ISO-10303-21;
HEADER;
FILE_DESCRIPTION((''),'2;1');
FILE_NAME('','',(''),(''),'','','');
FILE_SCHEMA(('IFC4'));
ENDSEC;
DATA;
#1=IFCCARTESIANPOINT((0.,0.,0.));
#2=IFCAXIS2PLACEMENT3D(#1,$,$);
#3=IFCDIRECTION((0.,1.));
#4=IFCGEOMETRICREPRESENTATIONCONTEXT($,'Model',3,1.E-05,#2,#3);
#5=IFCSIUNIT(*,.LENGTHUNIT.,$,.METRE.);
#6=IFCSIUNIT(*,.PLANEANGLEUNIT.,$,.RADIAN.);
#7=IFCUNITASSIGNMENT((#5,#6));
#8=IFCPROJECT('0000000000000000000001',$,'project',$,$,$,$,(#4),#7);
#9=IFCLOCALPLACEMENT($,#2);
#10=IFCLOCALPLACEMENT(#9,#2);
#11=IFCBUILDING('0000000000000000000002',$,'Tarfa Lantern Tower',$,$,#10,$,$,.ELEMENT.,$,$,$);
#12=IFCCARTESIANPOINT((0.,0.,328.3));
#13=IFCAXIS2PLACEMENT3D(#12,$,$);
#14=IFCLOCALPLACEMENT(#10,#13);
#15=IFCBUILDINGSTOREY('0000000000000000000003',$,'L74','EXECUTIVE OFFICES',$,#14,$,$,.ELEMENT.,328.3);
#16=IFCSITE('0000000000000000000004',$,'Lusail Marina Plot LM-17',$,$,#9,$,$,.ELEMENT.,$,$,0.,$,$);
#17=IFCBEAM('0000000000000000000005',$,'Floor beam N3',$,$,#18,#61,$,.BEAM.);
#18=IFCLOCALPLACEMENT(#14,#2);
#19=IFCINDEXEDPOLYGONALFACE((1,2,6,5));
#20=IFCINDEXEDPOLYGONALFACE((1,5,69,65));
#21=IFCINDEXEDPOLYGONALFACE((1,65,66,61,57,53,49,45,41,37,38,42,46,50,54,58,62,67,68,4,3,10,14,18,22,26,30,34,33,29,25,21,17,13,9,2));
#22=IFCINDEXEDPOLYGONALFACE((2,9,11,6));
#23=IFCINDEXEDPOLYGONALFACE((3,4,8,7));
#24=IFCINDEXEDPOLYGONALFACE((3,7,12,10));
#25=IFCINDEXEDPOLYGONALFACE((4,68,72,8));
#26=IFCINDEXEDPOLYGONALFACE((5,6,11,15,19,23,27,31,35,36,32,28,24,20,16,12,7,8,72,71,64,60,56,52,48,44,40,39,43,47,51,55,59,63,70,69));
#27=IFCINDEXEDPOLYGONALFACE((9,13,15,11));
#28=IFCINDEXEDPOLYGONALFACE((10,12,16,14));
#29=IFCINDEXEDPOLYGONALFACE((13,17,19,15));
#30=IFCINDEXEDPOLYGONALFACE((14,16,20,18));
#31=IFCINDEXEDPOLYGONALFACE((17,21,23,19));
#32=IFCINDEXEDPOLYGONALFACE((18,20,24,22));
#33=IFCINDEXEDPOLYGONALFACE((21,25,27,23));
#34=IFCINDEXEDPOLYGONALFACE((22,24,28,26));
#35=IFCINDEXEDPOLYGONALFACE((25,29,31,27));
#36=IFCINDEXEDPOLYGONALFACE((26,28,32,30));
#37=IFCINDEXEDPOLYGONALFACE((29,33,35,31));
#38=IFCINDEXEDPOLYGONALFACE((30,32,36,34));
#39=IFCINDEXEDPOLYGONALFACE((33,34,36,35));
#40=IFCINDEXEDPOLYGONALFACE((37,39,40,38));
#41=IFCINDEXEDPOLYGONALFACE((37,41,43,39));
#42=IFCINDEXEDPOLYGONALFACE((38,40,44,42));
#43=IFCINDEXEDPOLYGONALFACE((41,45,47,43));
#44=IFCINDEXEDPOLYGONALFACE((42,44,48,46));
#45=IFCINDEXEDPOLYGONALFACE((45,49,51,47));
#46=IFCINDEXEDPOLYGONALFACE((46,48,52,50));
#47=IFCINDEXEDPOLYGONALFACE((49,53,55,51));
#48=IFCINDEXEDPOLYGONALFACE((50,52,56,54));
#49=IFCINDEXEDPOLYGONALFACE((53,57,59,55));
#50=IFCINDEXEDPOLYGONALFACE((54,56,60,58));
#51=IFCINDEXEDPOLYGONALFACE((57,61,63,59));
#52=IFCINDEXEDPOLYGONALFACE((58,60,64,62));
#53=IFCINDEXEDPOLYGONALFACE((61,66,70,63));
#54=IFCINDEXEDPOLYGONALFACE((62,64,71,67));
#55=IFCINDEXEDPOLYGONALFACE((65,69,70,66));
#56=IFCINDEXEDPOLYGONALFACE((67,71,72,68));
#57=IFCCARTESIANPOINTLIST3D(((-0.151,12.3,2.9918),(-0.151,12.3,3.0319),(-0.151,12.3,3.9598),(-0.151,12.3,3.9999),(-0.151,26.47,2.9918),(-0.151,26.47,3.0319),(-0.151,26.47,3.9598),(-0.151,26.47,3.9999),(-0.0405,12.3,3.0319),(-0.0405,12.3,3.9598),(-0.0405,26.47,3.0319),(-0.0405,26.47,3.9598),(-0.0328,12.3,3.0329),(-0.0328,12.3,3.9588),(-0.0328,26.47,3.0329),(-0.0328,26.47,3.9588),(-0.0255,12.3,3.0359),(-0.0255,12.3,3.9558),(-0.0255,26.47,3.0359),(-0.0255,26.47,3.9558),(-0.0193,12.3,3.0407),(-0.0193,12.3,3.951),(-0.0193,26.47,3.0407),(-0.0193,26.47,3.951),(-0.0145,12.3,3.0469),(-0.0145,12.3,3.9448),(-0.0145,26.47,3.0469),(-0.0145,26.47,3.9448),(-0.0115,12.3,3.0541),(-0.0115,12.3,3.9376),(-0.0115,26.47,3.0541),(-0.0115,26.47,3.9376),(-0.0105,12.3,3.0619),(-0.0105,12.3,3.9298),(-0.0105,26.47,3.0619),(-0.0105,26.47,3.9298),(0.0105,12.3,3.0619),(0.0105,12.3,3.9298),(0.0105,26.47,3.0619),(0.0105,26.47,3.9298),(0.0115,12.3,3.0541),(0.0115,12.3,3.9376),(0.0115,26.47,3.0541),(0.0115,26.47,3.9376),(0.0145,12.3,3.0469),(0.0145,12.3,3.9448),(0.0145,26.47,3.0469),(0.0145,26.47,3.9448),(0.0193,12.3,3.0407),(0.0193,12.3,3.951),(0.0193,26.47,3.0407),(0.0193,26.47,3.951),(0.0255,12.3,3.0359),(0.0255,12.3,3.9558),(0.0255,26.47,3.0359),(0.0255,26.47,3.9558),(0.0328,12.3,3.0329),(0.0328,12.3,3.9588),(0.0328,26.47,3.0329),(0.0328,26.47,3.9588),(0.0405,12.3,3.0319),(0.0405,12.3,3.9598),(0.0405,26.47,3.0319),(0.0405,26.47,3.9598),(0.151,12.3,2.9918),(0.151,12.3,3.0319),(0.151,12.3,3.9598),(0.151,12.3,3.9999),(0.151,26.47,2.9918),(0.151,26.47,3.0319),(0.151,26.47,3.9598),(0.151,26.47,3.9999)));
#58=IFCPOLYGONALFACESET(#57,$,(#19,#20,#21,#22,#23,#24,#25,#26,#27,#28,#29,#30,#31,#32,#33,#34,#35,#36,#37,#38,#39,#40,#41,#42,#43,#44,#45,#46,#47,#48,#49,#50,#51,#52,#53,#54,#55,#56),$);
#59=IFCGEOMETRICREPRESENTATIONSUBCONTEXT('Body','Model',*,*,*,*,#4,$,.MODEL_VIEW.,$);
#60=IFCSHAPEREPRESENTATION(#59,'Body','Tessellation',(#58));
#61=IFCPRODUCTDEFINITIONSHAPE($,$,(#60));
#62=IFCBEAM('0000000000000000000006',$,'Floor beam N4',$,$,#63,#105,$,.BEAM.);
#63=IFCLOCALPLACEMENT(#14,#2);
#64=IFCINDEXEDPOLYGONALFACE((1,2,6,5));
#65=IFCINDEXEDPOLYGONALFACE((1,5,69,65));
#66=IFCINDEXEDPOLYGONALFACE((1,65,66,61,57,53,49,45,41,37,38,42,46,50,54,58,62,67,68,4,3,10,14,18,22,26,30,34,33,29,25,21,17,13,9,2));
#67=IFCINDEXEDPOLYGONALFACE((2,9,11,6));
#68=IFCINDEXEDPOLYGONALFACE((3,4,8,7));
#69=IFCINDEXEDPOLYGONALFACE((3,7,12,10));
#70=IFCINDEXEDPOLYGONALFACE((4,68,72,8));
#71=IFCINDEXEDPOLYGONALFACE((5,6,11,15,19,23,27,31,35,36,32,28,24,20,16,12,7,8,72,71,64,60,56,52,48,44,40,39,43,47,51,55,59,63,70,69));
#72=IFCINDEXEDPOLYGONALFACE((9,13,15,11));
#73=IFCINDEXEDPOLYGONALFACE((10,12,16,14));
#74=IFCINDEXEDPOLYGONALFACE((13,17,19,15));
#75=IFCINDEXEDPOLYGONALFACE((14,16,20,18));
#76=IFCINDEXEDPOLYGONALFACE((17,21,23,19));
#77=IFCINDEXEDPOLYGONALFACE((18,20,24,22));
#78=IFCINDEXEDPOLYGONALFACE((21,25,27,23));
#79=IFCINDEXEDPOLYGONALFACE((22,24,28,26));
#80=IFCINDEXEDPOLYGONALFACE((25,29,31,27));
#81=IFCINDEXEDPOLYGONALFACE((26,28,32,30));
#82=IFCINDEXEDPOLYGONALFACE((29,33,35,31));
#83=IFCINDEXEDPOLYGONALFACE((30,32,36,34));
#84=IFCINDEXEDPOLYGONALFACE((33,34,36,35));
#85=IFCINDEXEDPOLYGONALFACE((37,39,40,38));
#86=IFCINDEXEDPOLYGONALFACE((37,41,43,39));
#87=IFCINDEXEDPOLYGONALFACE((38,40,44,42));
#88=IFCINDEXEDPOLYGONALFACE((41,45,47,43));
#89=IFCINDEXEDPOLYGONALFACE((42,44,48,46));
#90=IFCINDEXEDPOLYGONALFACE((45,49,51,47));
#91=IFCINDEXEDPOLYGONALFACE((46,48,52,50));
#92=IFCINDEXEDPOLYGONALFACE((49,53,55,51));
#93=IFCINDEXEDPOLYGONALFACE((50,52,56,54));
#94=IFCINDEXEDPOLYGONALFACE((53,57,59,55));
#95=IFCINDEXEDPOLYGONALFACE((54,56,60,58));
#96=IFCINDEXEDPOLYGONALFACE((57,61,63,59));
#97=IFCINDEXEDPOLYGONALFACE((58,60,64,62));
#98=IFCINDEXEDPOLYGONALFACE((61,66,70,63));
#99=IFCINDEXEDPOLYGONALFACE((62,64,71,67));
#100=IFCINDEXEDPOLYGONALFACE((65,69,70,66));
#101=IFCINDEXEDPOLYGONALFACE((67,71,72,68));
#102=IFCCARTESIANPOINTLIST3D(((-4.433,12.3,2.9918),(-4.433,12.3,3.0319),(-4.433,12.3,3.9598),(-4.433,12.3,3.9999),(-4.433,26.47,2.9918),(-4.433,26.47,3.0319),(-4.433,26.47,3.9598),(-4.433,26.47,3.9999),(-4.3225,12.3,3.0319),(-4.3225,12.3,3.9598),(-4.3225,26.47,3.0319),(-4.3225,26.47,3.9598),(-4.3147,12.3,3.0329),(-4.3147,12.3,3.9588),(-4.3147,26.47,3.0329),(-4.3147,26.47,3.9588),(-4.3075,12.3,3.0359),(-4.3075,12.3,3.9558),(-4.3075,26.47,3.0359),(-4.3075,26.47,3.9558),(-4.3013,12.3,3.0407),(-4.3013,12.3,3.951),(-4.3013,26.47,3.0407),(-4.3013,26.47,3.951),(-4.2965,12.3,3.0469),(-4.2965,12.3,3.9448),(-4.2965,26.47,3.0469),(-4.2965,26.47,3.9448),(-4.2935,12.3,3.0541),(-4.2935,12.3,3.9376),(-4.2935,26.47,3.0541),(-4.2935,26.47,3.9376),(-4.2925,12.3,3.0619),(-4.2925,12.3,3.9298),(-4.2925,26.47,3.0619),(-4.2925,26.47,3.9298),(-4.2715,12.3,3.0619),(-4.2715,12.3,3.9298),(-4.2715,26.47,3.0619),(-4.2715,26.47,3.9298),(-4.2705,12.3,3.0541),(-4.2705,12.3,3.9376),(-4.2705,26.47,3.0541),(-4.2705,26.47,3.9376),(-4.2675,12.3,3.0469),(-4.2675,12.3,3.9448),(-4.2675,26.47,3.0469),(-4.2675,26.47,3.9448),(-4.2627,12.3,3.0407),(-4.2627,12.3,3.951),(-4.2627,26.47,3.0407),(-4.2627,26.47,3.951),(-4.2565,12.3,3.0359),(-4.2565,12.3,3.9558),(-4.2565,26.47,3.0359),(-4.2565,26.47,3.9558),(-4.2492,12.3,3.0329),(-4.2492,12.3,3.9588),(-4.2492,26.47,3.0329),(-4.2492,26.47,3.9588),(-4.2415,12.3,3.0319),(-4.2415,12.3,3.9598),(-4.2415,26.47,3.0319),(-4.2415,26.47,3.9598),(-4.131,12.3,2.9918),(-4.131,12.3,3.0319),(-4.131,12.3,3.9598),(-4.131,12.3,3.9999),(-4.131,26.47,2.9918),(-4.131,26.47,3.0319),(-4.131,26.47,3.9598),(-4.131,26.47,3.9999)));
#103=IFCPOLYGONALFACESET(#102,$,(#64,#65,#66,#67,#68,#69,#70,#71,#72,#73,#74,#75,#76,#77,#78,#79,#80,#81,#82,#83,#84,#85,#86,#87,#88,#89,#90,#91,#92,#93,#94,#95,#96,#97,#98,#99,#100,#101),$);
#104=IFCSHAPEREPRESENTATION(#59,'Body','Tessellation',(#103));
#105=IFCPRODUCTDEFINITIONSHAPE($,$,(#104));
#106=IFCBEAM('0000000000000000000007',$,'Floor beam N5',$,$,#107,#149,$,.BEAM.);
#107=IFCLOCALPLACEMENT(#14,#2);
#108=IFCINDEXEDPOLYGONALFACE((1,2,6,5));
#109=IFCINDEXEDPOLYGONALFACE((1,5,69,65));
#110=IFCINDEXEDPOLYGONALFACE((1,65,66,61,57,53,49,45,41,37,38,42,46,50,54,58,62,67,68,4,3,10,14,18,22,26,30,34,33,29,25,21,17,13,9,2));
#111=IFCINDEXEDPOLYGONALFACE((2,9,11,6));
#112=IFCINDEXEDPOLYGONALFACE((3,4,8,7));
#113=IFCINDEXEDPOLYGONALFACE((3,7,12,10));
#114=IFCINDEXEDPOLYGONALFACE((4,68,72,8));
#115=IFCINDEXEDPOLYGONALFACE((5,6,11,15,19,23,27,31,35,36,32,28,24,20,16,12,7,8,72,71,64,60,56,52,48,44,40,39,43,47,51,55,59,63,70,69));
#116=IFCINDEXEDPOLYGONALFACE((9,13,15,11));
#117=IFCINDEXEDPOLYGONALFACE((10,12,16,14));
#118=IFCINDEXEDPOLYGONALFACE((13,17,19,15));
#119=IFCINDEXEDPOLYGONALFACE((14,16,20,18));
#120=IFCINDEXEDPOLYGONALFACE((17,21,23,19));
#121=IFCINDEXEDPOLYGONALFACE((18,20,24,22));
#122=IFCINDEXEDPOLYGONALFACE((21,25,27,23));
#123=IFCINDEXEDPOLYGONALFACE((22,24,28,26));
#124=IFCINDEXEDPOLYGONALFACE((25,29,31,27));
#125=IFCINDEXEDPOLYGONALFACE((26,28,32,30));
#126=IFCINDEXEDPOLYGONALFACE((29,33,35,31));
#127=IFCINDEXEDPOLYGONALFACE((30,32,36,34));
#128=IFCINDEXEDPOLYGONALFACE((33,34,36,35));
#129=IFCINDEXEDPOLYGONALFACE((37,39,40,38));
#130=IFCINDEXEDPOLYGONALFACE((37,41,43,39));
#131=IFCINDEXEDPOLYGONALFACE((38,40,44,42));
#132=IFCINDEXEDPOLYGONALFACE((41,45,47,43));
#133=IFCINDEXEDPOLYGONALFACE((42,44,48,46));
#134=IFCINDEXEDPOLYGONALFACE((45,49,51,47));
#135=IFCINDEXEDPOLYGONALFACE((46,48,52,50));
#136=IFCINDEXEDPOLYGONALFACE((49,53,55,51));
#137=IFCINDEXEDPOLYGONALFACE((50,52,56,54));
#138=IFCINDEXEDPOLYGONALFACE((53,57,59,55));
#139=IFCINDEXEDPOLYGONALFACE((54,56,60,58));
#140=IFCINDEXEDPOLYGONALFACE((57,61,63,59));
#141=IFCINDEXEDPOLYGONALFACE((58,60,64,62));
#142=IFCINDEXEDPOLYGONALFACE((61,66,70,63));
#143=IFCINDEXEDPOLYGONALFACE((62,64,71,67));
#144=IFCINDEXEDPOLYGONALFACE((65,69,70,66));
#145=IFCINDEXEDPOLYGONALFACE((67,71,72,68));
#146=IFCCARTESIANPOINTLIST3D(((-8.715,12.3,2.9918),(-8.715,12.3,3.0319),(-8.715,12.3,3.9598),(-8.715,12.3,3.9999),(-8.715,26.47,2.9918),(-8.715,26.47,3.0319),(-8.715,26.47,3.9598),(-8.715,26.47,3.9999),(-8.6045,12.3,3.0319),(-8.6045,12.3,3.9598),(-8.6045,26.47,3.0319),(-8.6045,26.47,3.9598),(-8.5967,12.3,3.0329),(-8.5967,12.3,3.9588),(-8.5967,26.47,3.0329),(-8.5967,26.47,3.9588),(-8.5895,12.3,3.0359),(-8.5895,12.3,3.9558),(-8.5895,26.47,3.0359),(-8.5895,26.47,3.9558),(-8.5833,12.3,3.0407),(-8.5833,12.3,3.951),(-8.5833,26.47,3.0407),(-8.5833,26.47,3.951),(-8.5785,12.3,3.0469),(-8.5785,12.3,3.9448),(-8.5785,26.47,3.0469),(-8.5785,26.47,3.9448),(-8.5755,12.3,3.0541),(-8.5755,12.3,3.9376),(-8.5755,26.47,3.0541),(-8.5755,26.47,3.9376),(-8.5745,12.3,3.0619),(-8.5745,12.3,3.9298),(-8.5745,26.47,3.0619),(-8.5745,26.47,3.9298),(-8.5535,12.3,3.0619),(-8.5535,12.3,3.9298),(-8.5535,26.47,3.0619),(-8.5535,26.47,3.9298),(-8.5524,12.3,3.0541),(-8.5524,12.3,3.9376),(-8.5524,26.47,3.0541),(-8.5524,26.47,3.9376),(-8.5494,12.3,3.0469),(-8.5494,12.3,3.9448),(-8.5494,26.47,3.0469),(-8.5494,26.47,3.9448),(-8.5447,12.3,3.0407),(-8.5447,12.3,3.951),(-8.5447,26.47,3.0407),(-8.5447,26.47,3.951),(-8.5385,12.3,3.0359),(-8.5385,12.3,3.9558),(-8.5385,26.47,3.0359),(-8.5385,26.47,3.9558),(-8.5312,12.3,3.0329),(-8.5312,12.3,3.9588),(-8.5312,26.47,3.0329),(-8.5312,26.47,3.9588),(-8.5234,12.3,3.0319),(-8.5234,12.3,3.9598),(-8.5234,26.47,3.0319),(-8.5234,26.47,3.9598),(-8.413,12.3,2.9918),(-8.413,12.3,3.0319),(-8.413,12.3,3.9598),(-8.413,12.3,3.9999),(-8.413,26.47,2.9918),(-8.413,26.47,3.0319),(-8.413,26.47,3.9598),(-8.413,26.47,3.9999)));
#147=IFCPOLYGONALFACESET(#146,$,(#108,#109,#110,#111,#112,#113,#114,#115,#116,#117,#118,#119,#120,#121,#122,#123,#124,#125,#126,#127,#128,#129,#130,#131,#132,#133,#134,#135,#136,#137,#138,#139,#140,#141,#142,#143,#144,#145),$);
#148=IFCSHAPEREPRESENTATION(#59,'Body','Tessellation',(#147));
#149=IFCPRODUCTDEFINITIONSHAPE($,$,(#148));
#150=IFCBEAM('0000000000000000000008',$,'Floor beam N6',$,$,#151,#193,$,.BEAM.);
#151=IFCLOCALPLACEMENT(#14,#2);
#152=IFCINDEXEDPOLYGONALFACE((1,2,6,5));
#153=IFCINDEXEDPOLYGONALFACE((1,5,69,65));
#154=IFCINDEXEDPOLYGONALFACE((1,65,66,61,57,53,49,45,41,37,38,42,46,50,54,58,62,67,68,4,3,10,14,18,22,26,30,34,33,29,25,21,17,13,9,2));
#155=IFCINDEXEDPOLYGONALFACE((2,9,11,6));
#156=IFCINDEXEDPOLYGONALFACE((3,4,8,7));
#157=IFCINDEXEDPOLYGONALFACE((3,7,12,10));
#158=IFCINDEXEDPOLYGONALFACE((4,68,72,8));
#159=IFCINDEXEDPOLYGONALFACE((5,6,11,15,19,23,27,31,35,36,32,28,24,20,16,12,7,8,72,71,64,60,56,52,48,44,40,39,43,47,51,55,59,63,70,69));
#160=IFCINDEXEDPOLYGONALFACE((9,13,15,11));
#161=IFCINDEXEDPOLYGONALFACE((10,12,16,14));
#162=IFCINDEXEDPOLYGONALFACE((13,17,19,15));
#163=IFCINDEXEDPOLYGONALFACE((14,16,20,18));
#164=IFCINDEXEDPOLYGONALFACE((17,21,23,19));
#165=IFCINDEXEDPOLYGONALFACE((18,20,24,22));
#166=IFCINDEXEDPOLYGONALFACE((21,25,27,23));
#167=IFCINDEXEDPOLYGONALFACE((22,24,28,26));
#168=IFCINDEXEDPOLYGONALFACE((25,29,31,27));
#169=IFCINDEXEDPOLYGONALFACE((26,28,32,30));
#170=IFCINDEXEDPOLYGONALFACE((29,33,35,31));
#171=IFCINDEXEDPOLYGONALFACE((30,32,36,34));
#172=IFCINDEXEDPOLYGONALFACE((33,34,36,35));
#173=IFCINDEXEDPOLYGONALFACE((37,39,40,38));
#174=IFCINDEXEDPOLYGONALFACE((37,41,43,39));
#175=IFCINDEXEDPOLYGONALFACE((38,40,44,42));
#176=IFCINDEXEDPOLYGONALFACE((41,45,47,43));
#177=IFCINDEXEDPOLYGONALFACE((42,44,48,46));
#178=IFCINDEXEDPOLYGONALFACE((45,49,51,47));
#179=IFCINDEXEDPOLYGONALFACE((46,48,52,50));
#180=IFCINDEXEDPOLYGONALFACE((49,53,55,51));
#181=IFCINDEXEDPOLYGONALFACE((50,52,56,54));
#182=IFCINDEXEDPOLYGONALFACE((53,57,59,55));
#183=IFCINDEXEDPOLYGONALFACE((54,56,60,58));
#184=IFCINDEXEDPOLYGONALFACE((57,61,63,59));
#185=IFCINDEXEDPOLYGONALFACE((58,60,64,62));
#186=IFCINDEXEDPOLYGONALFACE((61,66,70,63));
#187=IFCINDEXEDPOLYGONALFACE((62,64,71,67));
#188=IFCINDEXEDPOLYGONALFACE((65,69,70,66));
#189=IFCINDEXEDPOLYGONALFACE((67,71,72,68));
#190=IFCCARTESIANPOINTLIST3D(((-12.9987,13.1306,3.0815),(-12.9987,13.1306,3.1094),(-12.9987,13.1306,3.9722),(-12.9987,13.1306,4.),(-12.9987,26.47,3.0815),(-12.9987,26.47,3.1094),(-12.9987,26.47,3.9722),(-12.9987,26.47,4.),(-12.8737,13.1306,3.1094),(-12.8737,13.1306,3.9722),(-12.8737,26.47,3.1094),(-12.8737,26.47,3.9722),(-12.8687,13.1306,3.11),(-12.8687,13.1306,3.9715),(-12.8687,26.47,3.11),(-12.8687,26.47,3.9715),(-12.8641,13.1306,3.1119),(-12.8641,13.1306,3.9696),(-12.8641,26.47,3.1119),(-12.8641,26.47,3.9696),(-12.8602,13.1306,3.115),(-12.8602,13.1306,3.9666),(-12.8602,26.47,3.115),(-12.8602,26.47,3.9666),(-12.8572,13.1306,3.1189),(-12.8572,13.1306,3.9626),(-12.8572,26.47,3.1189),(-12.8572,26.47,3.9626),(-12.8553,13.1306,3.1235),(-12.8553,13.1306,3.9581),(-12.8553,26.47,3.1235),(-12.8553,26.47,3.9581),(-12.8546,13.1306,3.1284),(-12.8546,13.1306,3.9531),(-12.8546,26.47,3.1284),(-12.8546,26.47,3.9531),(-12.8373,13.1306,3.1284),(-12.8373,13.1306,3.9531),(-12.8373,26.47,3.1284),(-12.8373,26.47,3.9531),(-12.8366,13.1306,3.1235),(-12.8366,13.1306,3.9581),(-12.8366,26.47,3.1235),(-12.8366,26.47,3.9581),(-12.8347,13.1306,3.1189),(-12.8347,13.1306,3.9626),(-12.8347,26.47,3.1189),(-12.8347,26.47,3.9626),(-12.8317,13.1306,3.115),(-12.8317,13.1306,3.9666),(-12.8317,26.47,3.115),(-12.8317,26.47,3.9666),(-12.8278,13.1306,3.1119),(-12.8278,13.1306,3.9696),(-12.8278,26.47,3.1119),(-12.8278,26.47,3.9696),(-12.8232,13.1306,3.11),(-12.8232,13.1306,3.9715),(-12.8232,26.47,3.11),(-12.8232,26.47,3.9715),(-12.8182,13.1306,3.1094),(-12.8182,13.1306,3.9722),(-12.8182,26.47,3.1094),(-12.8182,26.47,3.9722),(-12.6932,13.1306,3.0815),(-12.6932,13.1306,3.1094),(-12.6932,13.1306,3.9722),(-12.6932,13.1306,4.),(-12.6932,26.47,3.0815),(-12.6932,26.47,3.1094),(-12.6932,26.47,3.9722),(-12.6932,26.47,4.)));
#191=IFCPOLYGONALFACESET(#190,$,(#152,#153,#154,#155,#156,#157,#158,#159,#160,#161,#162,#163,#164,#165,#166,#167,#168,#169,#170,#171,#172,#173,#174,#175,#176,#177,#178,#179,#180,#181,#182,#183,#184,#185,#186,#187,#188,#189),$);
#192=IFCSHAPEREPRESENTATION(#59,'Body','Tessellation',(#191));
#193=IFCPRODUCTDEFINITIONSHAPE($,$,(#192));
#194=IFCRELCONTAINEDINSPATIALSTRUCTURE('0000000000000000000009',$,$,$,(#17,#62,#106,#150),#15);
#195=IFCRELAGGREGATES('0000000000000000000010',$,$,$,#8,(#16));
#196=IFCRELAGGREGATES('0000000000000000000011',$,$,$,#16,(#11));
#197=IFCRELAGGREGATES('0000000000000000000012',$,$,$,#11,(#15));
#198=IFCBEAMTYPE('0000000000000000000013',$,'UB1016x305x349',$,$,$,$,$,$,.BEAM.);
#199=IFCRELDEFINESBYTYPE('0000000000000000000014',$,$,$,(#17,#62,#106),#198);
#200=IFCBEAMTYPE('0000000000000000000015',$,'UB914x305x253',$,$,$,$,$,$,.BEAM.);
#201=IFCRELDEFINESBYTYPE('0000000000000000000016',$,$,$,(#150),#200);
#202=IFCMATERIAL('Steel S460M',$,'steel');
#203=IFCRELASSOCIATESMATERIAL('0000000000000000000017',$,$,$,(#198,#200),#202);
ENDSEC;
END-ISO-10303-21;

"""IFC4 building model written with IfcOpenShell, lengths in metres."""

from ifc_helpers import new_model, si_unit, direction, frame, origin, origin_2d, place, context, subcontext, project, spatial, i_section, extrude, material, material_profile, profile_set, type_object, element, save


model = new_model("IFC4")

# Units and contexts
model_context = context("Model", 3, precision=1e-05, world=origin(), true_north=direction((0.0, 1.0)))
body_context = subcontext(model_context, "Body", "Model", "MODEL_VIEW")
ifc_project = project(units=[si_unit("LENGTHUNIT", "METRE"), si_unit("PLANEANGLEUNIT", "RADIAN")], contexts=[model_context])

# Site, building, storey
site_placement = place(None, origin())
site = spatial("IfcSite", under=ifc_project, at=site_placement, Name="Lusail Marina Plot LM-17", CompositionType="ELEMENT", RefElevation=0.0)
building_placement = place(site_placement, origin())
building = spatial("IfcBuilding", under=site, at=building_placement, Name="Tarfa Lantern Tower", CompositionType="ELEMENT")
storey_placement = place(building_placement, frame((0.0, 0.0, 328.3)))
storey = spatial("IfcBuildingStorey", under=building, at=storey_placement, Name="L74", Description="EXECUTIVE OFFICES", CompositionType="ELEMENT", Elevation=328.3)

# Beams
ifc_material_1 = material(Name="Steel S460M", Category="steel")
ifc_material_profile_1 = material_profile(ifc_material_1, i_section(OverallWidth=0.302, OverallDepth=1.0081, WebThickness=0.021, FlangeThickness=0.04, FilletRadius=0.03, at=origin_2d()), Name="UB1016x305x349")
ifc_profile_set_1 = profile_set([ifc_material_profile_1], Name="Steel S460M")
beam_type_1 = type_object("IfcBeamType", Name="UB1016x305x349", PredefinedType="BEAM", material=ifc_profile_set_1)
for number, where, z_axis, x_axis, name in (
    (1, (0.0, 26.47, 3.4958), (0.0, -1.0, 0.0), (1.0, 0.0, 0.0), "Floor beam N3"),
    (2, (-4.282, 26.47, 3.4958), (0.0, -1.0, 0.0), (1.0, 0.0, 0.0), "Floor beam N4"),
    (3, (-8.564, 26.47, 3.4958), (0.0, -1.0, 0.0), (1.0, 0.0, 0.0), "Floor beam N5"),
):
    element("IfcBeam", number, at=place(storey_placement, frame(where, z_axis=z_axis, x_axis=x_axis)), inside=storey, type_object=beam_type_1, Name=name, PredefinedType="BEAM", context=body_context, shape_type="SweptSolid", body=[
        extrude(i_section(OverallWidth=0.302, OverallDepth=1.0081, WebThickness=0.021, FlangeThickness=0.04, FilletRadius=0.03, at=origin_2d()), origin(), (0.0, 0.0, 1.0), 14.1699),
    ])
ifc_material_profile_2 = material_profile(ifc_material_1, i_section(OverallWidth=0.3054, OverallDepth=0.9185, WebThickness=0.0173, FlangeThickness=0.0278, FilletRadius=0.019, at=origin_2d()), Name="UB914x305x253")
ifc_profile_set_2 = profile_set([ifc_material_profile_2], Name="Steel S460M")
beam_type_2 = type_object("IfcBeamType", Name="UB914x305x253", PredefinedType="BEAM", material=ifc_profile_set_2)
beam_1_placement = place(storey_placement, frame((-12.8459, 26.47, 3.5408), z_axis=(0.0, -1.0, 0.0), x_axis=(1.0, 0.0, 0.0)))
element("IfcBeam", 4, at=beam_1_placement, inside=storey, type_object=beam_type_2, Name="Floor beam N6", PredefinedType="BEAM", context=body_context, shape_type="SweptSolid", body=[
    extrude(i_section(OverallWidth=0.3054, OverallDepth=0.9185, WebThickness=0.0173, FlangeThickness=0.0278, FilletRadius=0.019, at=origin_2d()), origin(), (0.0, 0.0, 1.0), 13.3394),
])

save(model, "model.ifc")
